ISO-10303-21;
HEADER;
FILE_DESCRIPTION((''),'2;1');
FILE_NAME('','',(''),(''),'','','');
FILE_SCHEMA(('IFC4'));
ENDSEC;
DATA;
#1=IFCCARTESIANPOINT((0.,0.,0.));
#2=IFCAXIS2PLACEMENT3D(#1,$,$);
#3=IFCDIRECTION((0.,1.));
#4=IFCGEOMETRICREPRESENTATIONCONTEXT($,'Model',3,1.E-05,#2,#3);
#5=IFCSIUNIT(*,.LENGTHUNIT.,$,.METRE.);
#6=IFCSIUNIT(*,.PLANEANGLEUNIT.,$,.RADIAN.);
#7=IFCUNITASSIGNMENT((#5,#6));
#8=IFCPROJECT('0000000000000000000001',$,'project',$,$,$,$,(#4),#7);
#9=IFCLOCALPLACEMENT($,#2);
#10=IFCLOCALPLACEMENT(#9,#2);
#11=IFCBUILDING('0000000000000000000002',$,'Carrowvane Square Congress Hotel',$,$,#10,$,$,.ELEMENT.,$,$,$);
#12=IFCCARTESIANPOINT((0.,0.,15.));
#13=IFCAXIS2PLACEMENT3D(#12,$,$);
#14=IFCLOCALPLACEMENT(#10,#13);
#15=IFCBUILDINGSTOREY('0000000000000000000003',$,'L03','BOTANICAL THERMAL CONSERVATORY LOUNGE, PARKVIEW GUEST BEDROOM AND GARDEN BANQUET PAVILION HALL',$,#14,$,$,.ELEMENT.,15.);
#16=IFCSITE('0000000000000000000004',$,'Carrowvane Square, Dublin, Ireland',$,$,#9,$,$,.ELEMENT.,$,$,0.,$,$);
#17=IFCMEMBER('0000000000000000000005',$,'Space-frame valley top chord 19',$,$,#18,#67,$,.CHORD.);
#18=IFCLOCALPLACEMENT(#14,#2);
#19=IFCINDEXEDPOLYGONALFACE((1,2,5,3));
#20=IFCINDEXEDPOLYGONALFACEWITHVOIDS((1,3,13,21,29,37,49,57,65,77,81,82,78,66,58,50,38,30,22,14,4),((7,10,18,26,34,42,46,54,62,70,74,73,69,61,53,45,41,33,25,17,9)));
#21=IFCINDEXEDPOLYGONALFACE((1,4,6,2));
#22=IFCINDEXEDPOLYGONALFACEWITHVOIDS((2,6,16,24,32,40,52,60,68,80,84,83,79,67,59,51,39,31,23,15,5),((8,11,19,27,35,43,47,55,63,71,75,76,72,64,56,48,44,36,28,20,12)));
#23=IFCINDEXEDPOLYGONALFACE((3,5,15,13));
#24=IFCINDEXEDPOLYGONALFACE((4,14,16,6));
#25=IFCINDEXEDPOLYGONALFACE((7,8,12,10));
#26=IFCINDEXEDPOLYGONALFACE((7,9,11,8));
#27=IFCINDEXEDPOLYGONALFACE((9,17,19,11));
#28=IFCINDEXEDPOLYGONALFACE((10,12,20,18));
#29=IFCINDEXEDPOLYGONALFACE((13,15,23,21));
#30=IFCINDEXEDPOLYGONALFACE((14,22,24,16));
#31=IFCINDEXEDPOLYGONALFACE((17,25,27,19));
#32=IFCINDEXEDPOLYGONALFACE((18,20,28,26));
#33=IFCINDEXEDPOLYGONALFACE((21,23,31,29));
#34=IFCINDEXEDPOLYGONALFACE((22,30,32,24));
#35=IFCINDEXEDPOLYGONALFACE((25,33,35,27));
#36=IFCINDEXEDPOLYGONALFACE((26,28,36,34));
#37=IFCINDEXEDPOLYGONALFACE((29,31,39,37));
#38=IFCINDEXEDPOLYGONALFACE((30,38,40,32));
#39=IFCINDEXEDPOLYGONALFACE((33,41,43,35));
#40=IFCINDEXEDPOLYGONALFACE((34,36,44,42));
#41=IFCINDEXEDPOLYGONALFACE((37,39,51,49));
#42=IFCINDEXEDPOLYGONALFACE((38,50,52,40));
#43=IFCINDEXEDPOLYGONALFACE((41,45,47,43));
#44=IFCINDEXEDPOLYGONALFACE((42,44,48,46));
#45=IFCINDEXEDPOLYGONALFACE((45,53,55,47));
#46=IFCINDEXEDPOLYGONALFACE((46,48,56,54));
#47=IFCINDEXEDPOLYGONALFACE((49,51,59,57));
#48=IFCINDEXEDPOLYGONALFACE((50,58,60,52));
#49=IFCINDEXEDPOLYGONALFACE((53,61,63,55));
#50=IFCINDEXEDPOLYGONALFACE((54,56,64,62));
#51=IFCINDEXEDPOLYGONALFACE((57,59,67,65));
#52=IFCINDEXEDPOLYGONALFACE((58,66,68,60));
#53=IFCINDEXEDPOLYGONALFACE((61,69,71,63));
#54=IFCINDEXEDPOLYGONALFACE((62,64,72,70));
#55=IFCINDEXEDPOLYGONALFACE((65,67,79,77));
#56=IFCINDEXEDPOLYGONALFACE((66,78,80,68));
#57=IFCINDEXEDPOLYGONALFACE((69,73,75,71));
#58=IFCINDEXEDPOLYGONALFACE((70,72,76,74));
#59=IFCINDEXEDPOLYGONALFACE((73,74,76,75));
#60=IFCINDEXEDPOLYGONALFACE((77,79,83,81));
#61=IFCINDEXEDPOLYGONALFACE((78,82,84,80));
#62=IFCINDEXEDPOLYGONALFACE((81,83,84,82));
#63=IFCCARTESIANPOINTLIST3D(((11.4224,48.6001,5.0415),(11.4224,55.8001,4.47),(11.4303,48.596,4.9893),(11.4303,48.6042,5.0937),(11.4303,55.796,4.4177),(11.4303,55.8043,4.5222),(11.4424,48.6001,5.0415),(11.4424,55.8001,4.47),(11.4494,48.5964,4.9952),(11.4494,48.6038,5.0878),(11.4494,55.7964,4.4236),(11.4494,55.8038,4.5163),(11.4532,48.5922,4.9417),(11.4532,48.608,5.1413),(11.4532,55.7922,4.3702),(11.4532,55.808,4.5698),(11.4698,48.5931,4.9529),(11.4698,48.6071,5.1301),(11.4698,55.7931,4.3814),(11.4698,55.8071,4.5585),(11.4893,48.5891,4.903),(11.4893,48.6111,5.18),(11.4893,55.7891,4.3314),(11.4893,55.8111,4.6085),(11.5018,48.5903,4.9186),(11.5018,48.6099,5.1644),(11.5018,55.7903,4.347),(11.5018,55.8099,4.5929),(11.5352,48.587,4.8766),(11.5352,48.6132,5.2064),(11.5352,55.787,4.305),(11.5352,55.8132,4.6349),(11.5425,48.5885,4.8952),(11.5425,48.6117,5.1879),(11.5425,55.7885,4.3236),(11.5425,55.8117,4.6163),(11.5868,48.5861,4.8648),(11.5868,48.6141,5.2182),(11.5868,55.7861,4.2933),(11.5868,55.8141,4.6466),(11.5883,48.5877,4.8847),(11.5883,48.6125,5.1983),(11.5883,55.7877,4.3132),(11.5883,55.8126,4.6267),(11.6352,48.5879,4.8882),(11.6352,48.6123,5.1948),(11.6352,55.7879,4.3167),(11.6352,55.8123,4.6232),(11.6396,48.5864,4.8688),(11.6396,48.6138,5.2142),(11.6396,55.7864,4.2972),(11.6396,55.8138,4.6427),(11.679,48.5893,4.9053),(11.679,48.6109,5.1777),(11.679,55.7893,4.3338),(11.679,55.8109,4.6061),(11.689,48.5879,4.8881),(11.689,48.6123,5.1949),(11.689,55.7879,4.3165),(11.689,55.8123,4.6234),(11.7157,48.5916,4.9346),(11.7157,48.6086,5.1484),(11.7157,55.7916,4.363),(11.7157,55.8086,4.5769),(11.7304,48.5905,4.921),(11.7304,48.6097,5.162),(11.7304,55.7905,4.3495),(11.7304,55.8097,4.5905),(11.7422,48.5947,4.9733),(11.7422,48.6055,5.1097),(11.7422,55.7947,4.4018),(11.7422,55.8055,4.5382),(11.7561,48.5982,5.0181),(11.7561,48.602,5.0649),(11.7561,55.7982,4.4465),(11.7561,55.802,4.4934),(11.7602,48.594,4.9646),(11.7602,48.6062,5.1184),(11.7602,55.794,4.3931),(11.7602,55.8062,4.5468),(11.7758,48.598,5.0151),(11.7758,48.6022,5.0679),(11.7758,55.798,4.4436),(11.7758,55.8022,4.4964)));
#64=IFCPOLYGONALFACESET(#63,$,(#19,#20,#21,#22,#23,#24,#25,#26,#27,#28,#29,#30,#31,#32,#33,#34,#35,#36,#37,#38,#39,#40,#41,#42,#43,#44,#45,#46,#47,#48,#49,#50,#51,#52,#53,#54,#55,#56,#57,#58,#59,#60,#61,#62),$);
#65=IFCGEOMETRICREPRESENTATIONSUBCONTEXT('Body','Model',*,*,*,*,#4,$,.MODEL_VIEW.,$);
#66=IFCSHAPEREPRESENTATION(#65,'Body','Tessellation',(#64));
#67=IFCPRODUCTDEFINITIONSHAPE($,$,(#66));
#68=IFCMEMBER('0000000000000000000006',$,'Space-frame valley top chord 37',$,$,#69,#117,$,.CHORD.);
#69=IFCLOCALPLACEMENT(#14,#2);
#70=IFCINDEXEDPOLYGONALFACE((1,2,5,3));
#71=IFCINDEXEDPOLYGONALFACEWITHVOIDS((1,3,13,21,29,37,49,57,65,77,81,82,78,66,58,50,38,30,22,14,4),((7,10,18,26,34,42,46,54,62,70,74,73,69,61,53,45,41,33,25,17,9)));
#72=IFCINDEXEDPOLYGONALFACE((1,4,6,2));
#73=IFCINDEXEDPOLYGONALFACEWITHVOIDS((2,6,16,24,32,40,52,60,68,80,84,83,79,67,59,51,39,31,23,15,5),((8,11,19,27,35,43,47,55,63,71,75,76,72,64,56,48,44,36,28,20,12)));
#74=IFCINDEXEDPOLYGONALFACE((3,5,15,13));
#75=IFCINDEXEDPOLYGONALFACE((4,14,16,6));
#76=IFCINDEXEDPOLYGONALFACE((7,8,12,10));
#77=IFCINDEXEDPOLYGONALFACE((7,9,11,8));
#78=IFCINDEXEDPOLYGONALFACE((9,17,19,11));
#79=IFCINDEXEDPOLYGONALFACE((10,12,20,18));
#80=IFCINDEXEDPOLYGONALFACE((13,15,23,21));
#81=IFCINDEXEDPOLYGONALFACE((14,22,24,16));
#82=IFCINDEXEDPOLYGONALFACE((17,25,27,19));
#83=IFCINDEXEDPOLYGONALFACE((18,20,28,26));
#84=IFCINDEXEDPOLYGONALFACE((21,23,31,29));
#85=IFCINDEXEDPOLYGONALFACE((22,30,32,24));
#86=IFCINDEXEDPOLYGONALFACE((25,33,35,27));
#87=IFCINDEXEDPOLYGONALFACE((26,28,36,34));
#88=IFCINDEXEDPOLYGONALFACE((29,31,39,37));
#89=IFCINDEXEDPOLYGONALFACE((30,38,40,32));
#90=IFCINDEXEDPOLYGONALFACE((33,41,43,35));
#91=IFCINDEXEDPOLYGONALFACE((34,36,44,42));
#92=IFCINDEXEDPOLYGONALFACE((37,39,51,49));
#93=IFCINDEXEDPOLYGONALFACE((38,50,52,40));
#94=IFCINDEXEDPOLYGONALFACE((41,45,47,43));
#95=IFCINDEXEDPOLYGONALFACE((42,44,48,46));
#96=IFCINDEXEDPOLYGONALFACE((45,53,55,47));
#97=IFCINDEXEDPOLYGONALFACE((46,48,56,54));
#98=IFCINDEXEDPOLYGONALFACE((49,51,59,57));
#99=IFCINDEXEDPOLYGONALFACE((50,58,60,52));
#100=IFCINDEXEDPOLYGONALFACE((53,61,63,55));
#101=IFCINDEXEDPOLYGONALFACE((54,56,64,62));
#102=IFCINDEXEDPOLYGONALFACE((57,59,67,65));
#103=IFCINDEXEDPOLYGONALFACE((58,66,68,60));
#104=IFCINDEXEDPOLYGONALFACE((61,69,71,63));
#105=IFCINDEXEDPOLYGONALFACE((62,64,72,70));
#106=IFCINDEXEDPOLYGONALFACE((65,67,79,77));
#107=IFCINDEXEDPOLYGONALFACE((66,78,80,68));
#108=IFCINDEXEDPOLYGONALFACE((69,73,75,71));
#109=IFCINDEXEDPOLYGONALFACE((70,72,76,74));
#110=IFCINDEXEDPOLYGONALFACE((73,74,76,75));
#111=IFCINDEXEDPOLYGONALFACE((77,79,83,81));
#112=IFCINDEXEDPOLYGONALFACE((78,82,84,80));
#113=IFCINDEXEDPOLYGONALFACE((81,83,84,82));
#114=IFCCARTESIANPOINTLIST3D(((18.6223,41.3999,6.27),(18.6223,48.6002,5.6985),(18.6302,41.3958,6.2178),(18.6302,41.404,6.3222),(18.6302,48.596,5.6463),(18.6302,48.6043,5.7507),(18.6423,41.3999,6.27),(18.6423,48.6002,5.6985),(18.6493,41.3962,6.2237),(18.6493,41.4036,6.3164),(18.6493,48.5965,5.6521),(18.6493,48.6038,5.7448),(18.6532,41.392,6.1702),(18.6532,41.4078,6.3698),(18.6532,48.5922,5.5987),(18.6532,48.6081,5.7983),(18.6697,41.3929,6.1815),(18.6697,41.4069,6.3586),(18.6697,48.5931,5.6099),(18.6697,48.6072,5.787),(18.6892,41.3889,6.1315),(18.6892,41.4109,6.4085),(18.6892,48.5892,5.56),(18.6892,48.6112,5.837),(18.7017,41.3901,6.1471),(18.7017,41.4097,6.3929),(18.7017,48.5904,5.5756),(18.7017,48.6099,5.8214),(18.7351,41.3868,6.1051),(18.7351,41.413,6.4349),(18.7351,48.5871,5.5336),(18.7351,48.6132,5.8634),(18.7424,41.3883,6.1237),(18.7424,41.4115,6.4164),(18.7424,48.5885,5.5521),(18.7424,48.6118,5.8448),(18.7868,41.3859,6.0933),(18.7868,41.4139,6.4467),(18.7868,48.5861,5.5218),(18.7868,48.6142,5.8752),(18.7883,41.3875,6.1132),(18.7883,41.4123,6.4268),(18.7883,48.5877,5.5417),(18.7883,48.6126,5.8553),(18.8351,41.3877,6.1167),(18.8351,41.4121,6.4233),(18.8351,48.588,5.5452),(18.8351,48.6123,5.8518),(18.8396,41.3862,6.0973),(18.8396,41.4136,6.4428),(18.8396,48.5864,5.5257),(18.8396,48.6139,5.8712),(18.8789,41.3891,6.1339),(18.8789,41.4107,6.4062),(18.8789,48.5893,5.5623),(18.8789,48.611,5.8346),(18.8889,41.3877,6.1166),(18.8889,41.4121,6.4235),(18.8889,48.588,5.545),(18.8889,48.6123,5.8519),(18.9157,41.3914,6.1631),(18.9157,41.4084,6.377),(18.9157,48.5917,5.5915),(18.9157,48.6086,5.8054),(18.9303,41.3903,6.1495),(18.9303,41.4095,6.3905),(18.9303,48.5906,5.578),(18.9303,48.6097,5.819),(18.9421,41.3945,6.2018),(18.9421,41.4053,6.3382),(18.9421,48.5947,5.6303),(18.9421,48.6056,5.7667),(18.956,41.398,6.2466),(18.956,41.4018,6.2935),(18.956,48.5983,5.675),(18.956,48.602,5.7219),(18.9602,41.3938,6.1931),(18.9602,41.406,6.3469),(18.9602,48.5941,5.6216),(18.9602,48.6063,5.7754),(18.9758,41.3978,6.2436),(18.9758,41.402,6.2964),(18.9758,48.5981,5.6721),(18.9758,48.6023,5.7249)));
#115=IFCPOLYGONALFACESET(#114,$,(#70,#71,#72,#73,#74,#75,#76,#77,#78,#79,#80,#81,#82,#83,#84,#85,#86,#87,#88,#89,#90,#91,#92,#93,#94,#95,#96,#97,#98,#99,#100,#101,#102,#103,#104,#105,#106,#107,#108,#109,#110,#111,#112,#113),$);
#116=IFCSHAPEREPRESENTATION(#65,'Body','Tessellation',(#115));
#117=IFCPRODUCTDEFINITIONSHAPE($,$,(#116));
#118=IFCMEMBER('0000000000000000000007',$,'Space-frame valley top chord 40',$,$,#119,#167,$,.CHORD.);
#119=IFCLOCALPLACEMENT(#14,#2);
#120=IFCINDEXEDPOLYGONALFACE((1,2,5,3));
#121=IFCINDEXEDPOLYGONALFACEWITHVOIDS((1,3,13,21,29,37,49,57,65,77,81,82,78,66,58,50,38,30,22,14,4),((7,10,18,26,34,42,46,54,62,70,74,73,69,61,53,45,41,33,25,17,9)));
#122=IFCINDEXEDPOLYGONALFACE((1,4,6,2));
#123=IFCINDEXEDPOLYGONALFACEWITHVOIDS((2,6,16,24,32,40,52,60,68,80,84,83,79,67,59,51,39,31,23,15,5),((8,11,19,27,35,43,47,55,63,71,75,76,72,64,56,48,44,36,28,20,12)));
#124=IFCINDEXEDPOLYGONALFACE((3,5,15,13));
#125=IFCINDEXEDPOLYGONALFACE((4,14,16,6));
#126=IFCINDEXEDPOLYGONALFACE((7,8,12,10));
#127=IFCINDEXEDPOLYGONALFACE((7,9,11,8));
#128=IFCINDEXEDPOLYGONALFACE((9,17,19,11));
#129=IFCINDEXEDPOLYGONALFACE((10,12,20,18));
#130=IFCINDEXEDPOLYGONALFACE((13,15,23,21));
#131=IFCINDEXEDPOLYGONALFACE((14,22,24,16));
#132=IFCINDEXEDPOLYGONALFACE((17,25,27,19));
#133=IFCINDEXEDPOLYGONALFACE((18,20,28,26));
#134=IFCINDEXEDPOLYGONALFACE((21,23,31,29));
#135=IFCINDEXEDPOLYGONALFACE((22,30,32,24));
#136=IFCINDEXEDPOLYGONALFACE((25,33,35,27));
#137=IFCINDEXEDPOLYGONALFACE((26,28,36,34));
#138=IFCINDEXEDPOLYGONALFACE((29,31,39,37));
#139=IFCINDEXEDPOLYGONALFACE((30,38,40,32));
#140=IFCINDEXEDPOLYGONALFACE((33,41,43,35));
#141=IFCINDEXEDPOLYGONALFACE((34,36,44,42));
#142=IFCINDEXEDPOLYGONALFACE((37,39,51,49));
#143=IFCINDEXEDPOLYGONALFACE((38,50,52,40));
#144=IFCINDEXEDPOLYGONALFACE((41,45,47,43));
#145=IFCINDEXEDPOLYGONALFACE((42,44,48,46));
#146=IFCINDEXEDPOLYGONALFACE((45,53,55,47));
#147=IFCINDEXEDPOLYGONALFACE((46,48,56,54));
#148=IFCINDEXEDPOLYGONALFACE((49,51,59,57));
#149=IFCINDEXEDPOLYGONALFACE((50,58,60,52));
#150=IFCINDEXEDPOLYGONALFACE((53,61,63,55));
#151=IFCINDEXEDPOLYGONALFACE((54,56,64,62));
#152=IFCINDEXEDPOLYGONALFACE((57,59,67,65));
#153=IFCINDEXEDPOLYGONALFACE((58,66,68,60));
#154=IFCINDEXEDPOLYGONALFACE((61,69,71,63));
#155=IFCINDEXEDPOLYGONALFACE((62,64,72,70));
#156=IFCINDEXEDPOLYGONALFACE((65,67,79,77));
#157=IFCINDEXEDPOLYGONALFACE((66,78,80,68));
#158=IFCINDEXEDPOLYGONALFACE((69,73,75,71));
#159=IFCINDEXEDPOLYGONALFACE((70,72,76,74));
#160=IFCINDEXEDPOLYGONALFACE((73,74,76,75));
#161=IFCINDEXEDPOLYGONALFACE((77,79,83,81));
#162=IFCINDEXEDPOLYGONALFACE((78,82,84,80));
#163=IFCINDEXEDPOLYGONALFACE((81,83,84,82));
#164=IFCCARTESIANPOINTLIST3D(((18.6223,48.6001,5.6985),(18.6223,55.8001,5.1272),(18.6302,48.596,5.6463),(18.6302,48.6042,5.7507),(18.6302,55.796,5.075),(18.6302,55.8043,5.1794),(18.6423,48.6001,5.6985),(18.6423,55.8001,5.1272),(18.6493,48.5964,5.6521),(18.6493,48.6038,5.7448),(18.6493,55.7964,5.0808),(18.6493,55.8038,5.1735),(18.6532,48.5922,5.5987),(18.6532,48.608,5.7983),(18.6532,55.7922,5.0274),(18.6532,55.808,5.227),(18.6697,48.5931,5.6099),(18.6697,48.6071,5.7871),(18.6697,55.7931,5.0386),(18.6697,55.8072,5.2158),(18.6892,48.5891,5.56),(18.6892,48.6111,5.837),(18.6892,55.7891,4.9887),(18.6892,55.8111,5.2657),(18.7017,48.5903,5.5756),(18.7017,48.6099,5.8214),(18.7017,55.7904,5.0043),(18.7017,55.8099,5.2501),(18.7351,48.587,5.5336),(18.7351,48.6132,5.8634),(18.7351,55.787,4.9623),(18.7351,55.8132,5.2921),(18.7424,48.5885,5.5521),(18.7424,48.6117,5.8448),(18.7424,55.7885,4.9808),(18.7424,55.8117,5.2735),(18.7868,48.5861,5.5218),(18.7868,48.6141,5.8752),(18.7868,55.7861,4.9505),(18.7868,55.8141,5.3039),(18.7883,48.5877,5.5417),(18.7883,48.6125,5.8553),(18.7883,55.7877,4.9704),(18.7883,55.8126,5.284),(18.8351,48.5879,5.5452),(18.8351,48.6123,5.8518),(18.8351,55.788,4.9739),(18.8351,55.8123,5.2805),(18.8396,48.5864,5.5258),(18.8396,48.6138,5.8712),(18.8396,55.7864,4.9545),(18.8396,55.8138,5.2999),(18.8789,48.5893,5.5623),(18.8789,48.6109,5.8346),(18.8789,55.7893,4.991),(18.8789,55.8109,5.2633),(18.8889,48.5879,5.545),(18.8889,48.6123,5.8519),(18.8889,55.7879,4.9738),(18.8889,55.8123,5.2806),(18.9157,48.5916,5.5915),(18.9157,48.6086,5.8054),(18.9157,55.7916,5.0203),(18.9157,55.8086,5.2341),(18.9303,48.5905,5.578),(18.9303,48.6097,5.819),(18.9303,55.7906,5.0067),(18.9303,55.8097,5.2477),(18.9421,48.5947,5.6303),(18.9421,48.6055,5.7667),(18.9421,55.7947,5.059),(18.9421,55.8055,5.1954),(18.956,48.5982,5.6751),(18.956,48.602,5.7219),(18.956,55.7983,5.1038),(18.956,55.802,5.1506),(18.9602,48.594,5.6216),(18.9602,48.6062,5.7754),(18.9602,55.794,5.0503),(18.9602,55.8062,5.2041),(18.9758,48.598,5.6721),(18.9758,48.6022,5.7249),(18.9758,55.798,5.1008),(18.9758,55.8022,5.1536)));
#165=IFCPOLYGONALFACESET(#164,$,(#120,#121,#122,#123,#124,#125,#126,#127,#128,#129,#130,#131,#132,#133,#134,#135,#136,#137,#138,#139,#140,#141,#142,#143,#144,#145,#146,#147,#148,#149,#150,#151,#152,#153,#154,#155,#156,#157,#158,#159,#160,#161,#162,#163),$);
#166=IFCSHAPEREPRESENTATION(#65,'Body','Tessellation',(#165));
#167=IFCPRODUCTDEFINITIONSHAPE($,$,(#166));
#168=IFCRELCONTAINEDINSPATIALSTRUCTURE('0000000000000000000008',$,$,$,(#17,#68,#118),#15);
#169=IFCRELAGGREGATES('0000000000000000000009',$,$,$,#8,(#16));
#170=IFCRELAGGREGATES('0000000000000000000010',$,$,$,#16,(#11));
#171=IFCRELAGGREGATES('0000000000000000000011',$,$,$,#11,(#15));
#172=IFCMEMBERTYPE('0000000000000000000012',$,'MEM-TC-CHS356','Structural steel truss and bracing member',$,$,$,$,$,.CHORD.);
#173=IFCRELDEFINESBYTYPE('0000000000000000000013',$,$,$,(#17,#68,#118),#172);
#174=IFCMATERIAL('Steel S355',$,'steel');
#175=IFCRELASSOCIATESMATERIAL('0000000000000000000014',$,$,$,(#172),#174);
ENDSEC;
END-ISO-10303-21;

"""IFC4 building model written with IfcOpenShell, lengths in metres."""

from ifc_helpers import new_model, si_unit, direction, frame, origin, origin_2d, place, context, subcontext, project, spatial, hollow_circle, extrude, material, material_profile, profile_set, type_object, element, save


model = new_model("IFC4")

# Units and contexts
model_context = context("Model", 3, precision=1e-05, world=origin(), true_north=direction((0.0, 1.0)))
body_context = subcontext(model_context, "Body", "Model", "MODEL_VIEW")
ifc_project = project(units=[si_unit("LENGTHUNIT", "METRE"), si_unit("PLANEANGLEUNIT", "RADIAN")], contexts=[model_context])

# Site, building, storey
site_placement = place(None, origin())
site = spatial("IfcSite", under=ifc_project, at=site_placement, Name="Carrowvane Square, Dublin, Ireland", CompositionType="ELEMENT", RefElevation=0.0)
building_placement = place(site_placement, origin())
building = spatial("IfcBuilding", under=site, at=building_placement, Name="Carrowvane Square Congress Hotel", CompositionType="ELEMENT")
storey_placement = place(building_placement, frame((0.0, 0.0, 15.0)))
storey = spatial("IfcBuildingStorey", under=building, at=storey_placement, Name="L03", Description="BOTANICAL THERMAL CONSERVATORY LOUNGE, PARKVIEW GUEST BEDROOM AND GARDEN BANQUET PAVILION HALL", CompositionType="ELEMENT", Elevation=15.0)

# Members
ifc_material_1 = material(Name="Steel S355", Category="steel")
ifc_material_profile_1 = material_profile(ifc_material_1, hollow_circle(Radius=0.1777, WallThickness=0.02, at=origin_2d()), Name="CHS 355.6x20")
ifc_profile_set_1 = profile_set([ifc_material_profile_1], Name="Steel S355")
member_type_1 = type_object("IfcMemberType", Name="MEM-TC-CHS356", Description="Structural steel truss and bracing member", PredefinedType="CHORD", material=ifc_profile_set_1)
member_1_placement = place(storey_placement, frame((11.6001, 48.6001, 5.0415), z_axis=(0.0, 0.996864, -0.079131), x_axis=(-1.0, 0.0, 0.0)))
element("IfcMember", 1, at=member_1_placement, inside=storey, type_object=member_type_1, Name="Space-frame valley top chord 19", PredefinedType="CHORD", context=body_context, shape_type="SweptSolid", body=[
    extrude(hollow_circle(Radius=0.1777, WallThickness=0.02, at=origin_2d()), origin(), (0.0, 0.0, 1.0), 7.2227),
])
member_2_placement = place(storey_placement, frame((18.8, 41.3999, 6.27), z_axis=(0.0, 0.996864, -0.079129), x_axis=(-1.0, 0.0, 0.0)))
element("IfcMember", 2, at=member_2_placement, inside=storey, type_object=member_type_1, Name="Space-frame valley top chord 37", PredefinedType="CHORD", context=body_context, shape_type="SweptSolid", body=[
    extrude(hollow_circle(Radius=0.1777, WallThickness=0.02, at=origin_2d()), origin(), (0.0, 0.0, 1.0), 7.2229),
])
member_3_placement = place(storey_placement, frame((18.8, 48.6001, 5.6985), z_axis=(0.0, 0.996867, -0.079098), x_axis=(-1.0, 0.0, 0.0)))
element("IfcMember", 3, at=member_3_placement, inside=storey, type_object=member_type_1, Name="Space-frame valley top chord 40", PredefinedType="CHORD", context=body_context, shape_type="SweptSolid", body=[
    extrude(hollow_circle(Radius=0.1777, WallThickness=0.02, at=origin_2d()), origin(), (0.0, 0.0, 1.0), 7.2227),
])

save(model, "model.ifc")
